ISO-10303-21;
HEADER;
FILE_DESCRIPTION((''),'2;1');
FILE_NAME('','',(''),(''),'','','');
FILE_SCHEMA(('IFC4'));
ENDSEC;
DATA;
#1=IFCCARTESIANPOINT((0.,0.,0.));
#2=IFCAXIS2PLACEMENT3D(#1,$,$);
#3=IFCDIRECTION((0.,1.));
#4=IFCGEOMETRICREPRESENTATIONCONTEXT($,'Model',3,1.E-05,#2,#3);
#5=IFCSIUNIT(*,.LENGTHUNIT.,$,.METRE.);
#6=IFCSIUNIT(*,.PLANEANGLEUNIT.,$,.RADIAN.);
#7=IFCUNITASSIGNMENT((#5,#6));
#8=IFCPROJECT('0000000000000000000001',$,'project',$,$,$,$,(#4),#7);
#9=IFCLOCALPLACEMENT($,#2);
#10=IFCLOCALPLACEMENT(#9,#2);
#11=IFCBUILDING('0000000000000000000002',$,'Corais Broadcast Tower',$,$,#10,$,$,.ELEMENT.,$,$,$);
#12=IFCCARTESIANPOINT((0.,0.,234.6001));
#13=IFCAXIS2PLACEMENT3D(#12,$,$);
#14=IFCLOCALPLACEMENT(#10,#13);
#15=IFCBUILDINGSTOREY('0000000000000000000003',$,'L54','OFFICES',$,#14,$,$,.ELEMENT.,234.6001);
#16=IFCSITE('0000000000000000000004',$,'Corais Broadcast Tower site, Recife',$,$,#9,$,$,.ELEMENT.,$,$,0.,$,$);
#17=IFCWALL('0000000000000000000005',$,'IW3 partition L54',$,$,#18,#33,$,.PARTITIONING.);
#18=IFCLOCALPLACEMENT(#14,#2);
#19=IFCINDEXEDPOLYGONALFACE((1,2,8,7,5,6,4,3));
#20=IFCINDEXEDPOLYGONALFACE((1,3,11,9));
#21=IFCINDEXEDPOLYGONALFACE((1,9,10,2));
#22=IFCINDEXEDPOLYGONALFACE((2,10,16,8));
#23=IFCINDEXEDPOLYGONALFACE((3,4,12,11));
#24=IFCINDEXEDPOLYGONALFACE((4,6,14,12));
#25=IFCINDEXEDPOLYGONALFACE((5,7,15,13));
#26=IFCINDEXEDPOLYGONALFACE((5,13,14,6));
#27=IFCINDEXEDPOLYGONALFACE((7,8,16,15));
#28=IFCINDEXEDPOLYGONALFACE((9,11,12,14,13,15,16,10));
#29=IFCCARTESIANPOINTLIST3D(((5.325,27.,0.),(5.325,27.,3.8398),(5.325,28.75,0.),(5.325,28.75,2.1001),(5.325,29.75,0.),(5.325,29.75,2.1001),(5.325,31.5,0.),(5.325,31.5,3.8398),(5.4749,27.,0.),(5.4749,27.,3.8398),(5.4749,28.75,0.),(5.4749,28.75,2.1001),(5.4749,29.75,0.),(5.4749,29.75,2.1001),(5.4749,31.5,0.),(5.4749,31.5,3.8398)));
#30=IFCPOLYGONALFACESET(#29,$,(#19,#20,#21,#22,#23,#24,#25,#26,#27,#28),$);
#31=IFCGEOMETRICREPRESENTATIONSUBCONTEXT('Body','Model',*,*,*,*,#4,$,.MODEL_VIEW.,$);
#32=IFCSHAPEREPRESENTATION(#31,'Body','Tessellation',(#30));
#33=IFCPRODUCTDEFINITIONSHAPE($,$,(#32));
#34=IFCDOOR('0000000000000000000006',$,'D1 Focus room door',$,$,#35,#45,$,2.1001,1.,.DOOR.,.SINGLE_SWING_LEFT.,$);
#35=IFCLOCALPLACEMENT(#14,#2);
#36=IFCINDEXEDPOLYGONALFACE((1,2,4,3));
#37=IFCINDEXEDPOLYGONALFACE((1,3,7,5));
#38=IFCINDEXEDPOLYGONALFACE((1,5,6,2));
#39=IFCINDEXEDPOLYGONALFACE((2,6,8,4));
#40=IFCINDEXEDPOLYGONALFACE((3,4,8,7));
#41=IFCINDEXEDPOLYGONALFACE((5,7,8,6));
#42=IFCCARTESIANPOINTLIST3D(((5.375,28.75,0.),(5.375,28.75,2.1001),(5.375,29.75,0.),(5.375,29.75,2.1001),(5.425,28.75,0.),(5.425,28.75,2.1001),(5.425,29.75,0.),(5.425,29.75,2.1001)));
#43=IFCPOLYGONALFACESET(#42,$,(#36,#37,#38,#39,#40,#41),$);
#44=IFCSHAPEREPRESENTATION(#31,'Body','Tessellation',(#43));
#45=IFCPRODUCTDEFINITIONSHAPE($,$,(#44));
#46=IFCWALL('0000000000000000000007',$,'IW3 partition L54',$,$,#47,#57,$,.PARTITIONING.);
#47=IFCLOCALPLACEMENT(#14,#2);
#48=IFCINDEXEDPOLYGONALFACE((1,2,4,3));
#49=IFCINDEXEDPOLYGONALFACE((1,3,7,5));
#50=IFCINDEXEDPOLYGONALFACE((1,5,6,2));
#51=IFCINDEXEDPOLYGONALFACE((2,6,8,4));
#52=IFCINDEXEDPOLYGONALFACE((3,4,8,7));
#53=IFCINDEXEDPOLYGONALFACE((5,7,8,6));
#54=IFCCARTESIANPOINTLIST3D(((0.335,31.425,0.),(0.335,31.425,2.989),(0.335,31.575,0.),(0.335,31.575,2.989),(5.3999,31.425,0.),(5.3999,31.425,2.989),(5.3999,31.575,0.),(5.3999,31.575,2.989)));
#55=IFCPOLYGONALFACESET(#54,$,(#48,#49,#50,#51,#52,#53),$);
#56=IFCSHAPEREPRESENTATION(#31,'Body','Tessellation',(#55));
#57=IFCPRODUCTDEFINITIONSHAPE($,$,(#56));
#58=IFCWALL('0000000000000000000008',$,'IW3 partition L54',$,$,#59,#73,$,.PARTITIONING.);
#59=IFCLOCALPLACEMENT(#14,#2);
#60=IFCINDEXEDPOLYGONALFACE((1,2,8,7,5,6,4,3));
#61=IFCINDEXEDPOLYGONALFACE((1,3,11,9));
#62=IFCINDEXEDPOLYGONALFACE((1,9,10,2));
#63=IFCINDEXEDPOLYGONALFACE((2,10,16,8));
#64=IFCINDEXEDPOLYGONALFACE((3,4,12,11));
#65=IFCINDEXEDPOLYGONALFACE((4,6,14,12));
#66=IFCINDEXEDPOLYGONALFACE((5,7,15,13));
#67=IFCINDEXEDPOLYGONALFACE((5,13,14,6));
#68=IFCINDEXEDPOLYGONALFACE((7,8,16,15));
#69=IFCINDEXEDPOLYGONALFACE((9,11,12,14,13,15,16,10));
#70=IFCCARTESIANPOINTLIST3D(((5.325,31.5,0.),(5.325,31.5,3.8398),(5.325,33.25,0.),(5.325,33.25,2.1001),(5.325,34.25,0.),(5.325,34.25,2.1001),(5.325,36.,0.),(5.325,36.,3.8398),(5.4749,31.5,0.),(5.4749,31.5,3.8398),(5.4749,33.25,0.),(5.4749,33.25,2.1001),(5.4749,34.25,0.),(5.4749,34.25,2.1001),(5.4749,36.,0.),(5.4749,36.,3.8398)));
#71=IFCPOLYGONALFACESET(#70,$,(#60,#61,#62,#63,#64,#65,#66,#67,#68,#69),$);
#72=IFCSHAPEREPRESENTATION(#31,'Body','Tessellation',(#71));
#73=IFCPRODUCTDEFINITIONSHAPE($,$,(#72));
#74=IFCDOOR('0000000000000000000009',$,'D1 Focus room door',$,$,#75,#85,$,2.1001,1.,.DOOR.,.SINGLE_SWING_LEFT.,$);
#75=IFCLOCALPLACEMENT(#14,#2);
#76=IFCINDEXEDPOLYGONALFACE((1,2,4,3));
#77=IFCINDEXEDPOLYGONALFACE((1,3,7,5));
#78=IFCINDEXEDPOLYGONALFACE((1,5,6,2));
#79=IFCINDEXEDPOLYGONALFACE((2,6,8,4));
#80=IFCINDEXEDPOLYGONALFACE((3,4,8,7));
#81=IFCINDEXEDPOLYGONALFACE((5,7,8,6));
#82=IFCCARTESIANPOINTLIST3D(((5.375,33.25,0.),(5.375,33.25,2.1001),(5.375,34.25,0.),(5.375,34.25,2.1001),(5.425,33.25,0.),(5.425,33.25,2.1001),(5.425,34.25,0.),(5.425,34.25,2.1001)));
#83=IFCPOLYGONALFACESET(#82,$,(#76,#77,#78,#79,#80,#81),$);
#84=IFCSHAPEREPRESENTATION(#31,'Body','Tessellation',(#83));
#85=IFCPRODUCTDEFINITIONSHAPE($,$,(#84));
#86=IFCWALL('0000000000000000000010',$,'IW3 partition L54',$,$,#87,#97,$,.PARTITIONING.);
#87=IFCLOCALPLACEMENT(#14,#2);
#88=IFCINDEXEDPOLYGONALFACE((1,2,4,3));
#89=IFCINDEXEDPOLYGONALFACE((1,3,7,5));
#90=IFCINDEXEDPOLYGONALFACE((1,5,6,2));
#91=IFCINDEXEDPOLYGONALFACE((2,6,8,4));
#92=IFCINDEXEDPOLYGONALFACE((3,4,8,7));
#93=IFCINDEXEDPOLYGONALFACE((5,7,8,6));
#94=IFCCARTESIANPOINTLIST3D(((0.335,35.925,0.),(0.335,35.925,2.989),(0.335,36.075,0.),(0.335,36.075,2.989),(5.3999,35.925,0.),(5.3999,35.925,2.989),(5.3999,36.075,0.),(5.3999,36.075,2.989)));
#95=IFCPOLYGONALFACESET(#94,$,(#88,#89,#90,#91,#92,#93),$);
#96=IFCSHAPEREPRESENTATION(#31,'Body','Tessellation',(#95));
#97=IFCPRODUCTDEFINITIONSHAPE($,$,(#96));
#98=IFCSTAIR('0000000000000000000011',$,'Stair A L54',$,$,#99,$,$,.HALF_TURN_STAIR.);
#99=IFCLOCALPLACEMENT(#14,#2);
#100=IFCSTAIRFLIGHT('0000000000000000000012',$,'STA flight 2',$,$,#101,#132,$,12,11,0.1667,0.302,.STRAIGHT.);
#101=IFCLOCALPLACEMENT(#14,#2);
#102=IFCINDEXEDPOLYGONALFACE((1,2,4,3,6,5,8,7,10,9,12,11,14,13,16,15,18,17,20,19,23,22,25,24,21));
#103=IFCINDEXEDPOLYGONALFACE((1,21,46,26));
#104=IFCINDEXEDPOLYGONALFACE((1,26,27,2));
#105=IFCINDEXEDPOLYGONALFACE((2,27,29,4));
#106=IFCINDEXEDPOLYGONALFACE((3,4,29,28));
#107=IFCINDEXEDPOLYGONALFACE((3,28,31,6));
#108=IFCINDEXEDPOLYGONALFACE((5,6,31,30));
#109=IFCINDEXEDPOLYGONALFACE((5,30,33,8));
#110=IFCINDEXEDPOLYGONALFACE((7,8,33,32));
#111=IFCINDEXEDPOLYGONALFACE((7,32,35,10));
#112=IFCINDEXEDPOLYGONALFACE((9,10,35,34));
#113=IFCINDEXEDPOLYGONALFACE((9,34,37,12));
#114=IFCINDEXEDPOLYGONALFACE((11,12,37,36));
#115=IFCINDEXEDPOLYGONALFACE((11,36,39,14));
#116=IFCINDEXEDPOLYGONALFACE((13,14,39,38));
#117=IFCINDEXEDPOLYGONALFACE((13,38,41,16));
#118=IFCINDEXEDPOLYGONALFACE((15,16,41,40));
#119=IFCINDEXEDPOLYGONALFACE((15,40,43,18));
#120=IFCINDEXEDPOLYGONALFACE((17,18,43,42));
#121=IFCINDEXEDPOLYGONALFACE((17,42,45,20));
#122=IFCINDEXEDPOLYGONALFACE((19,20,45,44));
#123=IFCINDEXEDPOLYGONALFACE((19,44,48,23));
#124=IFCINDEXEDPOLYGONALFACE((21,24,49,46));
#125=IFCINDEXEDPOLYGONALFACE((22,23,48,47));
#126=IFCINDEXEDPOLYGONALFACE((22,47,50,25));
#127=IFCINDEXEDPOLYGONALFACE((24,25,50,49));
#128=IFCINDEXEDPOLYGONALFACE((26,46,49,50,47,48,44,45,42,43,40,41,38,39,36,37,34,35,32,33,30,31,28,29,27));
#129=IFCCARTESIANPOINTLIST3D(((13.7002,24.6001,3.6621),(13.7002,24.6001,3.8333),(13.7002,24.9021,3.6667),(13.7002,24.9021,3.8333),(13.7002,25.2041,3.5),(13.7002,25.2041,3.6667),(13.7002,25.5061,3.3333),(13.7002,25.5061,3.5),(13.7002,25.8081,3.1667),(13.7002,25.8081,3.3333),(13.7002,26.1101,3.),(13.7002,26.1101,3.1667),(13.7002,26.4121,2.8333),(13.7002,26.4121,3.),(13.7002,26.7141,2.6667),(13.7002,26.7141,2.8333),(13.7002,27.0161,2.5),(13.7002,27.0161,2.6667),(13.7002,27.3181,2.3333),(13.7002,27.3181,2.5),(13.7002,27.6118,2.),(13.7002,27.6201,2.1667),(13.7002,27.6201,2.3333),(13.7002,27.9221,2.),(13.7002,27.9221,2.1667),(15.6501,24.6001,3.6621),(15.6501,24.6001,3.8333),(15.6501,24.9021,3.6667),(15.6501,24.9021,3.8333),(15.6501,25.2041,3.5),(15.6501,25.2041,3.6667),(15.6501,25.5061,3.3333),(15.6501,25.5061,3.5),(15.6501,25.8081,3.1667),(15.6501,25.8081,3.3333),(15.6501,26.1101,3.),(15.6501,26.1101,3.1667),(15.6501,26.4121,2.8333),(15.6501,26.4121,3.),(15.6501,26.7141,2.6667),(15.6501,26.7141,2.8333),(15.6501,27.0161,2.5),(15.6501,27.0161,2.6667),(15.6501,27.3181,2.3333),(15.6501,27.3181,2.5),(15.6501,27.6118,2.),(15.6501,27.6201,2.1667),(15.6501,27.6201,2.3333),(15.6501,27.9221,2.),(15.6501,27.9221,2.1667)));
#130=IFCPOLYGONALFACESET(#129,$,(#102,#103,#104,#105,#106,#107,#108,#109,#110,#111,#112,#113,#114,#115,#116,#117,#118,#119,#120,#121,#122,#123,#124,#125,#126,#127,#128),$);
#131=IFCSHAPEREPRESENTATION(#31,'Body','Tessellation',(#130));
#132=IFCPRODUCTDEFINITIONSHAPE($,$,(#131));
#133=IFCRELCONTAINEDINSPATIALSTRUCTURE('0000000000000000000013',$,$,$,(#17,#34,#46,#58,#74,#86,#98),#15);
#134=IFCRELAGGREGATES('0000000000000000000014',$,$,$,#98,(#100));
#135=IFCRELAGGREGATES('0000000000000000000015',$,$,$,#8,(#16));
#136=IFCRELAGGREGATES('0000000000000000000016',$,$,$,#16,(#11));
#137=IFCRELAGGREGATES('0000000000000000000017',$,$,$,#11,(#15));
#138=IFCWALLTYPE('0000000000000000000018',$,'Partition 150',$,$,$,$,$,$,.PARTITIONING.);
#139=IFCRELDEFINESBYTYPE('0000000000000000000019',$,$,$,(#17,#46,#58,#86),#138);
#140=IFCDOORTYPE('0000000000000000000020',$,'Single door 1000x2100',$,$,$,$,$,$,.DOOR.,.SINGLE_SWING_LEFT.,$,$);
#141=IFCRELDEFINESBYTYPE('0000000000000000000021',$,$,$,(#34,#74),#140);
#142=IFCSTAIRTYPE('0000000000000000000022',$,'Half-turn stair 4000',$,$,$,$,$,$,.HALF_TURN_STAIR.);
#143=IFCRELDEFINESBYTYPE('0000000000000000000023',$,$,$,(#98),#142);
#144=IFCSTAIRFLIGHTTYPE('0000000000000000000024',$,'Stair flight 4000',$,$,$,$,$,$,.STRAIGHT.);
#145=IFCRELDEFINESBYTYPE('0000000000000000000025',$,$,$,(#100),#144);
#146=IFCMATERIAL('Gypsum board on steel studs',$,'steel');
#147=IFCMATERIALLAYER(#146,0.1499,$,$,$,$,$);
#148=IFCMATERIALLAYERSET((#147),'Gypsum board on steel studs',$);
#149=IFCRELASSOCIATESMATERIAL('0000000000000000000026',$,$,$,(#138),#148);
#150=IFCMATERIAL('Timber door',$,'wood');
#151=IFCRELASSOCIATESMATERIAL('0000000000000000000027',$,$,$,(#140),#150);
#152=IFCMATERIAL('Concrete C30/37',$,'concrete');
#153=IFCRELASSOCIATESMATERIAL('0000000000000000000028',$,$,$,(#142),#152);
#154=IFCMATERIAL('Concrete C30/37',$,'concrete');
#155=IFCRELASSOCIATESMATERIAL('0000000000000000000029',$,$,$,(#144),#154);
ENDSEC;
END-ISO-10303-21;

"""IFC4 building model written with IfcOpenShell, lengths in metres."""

from ifc_helpers import new_model, si_unit, direction, frame, frame_2d, origin, place, context, subcontext, project, spatial, polyline, rectangle, outline, extrude, material, layer, layer_set, type_object, element, fill, aggregate, save


model = new_model("IFC4")

# Units and contexts
model_context = context("Model", 3, precision=1e-05, world=origin(), true_north=direction((0.0, 1.0)))
body_context = subcontext(model_context, "Body", "Model", "MODEL_VIEW")
ifc_project = project(units=[si_unit("LENGTHUNIT", "METRE"), si_unit("PLANEANGLEUNIT", "RADIAN")], contexts=[model_context])

# Site, building, storey
site_placement = place(None, origin())
site = spatial("IfcSite", under=ifc_project, at=site_placement, Name="Corais Broadcast Tower site, Recife", CompositionType="ELEMENT", RefElevation=0.0)
building_placement = place(site_placement, origin())
building = spatial("IfcBuilding", under=site, at=building_placement, Name="Corais Broadcast Tower", CompositionType="ELEMENT")
storey_placement = place(building_placement, frame((0.0, 0.0, 234.6001)))
storey = spatial("IfcBuildingStorey", under=building, at=storey_placement, Name="L54", Description="OFFICES", CompositionType="ELEMENT", Elevation=234.6001)

# Shared definitions
ifc_material_1 = material(Name="Gypsum board on steel studs", Category="steel")
ifc_layer_1 = layer(ifc_material_1, 0.1499)
ifc_layer_set_1 = layer_set([ifc_layer_1], Name="Gypsum board on steel studs")
wall_type_1 = type_object("IfcWallType", Name="Partition 150", PredefinedType="PARTITIONING", material=ifc_layer_set_1)

# Wall, opening, door
wall_1_placement = place(storey_placement, frame((5.3999, 27.0, 0.0), z_axis=(0.0, 0.0, 1.0), x_axis=(0.0, 1.0, 0.0)))
wall_1 = element("IfcWall", 1, at=wall_1_placement, inside=storey, type_object=wall_type_1, Name="IW3 partition L54", PredefinedType="PARTITIONING", context=body_context, shape_type="SweptSolid", body=[
    extrude(rectangle(XDim=4.5, YDim=0.1499, at=frame_2d((2.25, 0.0))), origin(), (0.0, 0.0, 1.0), 3.8398),
])
opening_1_placement = place(wall_1_placement, frame((1.75, 0.0, 0.0)))
opening_1 = element("IfcOpeningElement", 2, at=opening_1_placement, cuts=wall_1, PredefinedType="OPENING", context=body_context, shape_type="SweptSolid", body=[
    extrude(rectangle(XDim=1.0, YDim=2.1001, at=frame_2d((0.5, 1.05))), frame((0.0, 0.085, 0.0), z_axis=(0.0, -1.0, 0.0), x_axis=(1.0, 0.0, 0.0)), (0.0, 0.0, 1.0), 0.1699),
])
ifc_material_2 = material(Name="Timber door", Category="wood")
door_type_1 = type_object("IfcDoorType", Name="Single door 1000x2100", OperationType="SINGLE_SWING_LEFT", PredefinedType="DOOR", material=ifc_material_2)
door_1_placement = place(opening_1_placement, origin())
door_1 = element("IfcDoor", 3, at=door_1_placement, inside=storey, type_object=door_type_1, Name="D1 Focus room door", OperationType="SINGLE_SWING_LEFT", OverallHeight=2.1001, OverallWidth=1.0, PredefinedType="DOOR", context=body_context, shape_type="SweptSolid", body=[
    extrude(rectangle(XDim=1.0, YDim=2.1001, at=frame_2d((0.5, 1.05))), frame((0.0, 0.0249, 0.0), z_axis=(0.0, -1.0, 0.0), x_axis=(1.0, 0.0, 0.0)), (0.0, 0.0, 1.0), 0.05),
])
fill(opening_1, door_1)

# Wall
wall_2_placement = place(storey_placement, frame((5.3999, 31.5, 0.0), z_axis=(0.0, 0.0, 1.0), x_axis=(-1.0, 0.0, 0.0)))
element("IfcWall", 4, at=wall_2_placement, inside=storey, type_object=wall_type_1, Name="IW3 partition L54", PredefinedType="PARTITIONING", context=body_context, shape_type="SweptSolid", body=[
    extrude(rectangle(XDim=5.0649, YDim=0.1499, at=frame_2d((2.5325, 0.0))), origin(), (0.0, 0.0, 1.0), 2.989),
])

# Wall, opening, door
wall_3_placement = place(storey_placement, frame((5.3999, 31.5, 0.0), z_axis=(0.0, 0.0, 1.0), x_axis=(0.0, 1.0, 0.0)))
wall_3 = element("IfcWall", 5, at=wall_3_placement, inside=storey, type_object=wall_type_1, Name="IW3 partition L54", PredefinedType="PARTITIONING", context=body_context, shape_type="SweptSolid", body=[
    extrude(rectangle(XDim=4.5, YDim=0.1499, at=frame_2d((2.25, 0.0))), origin(), (0.0, 0.0, 1.0), 3.8398),
])
opening_2_placement = place(wall_3_placement, frame((1.75, 0.0, 0.0)))
opening_2 = element("IfcOpeningElement", 6, at=opening_2_placement, cuts=wall_3, PredefinedType="OPENING", context=body_context, shape_type="SweptSolid", body=[
    extrude(rectangle(XDim=1.0, YDim=2.1001, at=frame_2d((0.5, 1.05))), frame((0.0, 0.085, 0.0), z_axis=(0.0, -1.0, 0.0), x_axis=(1.0, 0.0, 0.0)), (0.0, 0.0, 1.0), 0.1699),
])
door_2_placement = place(opening_2_placement, origin())
door_2 = element("IfcDoor", 7, at=door_2_placement, inside=storey, type_object=door_type_1, Name="D1 Focus room door", OperationType="SINGLE_SWING_LEFT", OverallHeight=2.1001, OverallWidth=1.0, PredefinedType="DOOR", context=body_context, shape_type="SweptSolid", body=[
    extrude(rectangle(XDim=1.0, YDim=2.1001, at=frame_2d((0.5, 1.05))), frame((0.0, 0.0249, 0.0), z_axis=(0.0, -1.0, 0.0), x_axis=(1.0, 0.0, 0.0)), (0.0, 0.0, 1.0), 0.05),
])
fill(opening_2, door_2)

# Wall
wall_4_placement = place(storey_placement, frame((5.3999, 36.0, 0.0), z_axis=(0.0, 0.0, 1.0), x_axis=(-1.0, 0.0, 0.0)))
element("IfcWall", 8, at=wall_4_placement, inside=storey, type_object=wall_type_1, Name="IW3 partition L54", PredefinedType="PARTITIONING", context=body_context, shape_type="SweptSolid", body=[
    extrude(rectangle(XDim=5.0649, YDim=0.1499, at=frame_2d((2.5325, 0.0))), origin(), (0.0, 0.0, 1.0), 2.989),
])

# Stair, stair flight
ifc_material_3 = material(Name="Concrete C30/37", Category="concrete")
stair_type = type_object("IfcStairType", Name="Half-turn stair 4000", PredefinedType="HALF_TURN_STAIR", material=ifc_material_3)
stair_placement = place(storey_placement, origin())
stair = element("IfcStair", 9, at=stair_placement, inside=storey, type_object=stair_type, Name="Stair A L54", PredefinedType="HALF_TURN_STAIR")
ifc_material_4 = material(Name="Concrete C30/37", Category="concrete")
stair_flight_type = type_object("IfcStairFlightType", Name="Stair flight 4000", PredefinedType="STRAIGHT", material=ifc_material_4)
stair_flight_placement = place(storey_placement, frame((14.675, 27.9221, 2.0), z_axis=(0.0, 0.0, 1.0), x_axis=(0.0, -1.0, 0.0)))
stair_flight = element("IfcStairFlight", 10, at=stair_flight_placement, type_object=stair_flight_type, Name="STA flight 2", NumberOfRisers=12, NumberOfTreads=11, PredefinedType="STRAIGHT", RiserHeight=0.1667, TreadLength=0.302, context=body_context, shape_type="SweptSolid", body=[
    extrude(outline(polyline([(0.0, 0.0), (0.0, 0.1667), (0.302, 0.1667), (0.302, 0.3333), (0.604, 0.3333), (0.604, 0.5), (0.906, 0.5), (0.906, 0.6667), (1.208, 0.6667), (1.208, 0.8333), (1.51, 0.8333), (1.51, 1.0), (1.812, 1.0), (1.812, 1.1667), (2.114, 1.1667), (2.114, 1.3333), (2.416, 1.3333), (2.416, 1.5), (2.718, 1.5), (2.718, 1.6667), (3.02, 1.6667), (3.02, 1.8333), (3.322, 1.8333), (3.322, 2.0), (3.322, 1.6621), (0.3103, 0.0), (0.0, 0.0)])), frame((0.0, 0.9751, 0.0), z_axis=(0.0, -1.0, 0.0), x_axis=(1.0, 0.0, 0.0)), (0.0, 0.0, 1.0), 1.95),
])
aggregate(stair, [stair_flight])

save(model, "model.ifc")
